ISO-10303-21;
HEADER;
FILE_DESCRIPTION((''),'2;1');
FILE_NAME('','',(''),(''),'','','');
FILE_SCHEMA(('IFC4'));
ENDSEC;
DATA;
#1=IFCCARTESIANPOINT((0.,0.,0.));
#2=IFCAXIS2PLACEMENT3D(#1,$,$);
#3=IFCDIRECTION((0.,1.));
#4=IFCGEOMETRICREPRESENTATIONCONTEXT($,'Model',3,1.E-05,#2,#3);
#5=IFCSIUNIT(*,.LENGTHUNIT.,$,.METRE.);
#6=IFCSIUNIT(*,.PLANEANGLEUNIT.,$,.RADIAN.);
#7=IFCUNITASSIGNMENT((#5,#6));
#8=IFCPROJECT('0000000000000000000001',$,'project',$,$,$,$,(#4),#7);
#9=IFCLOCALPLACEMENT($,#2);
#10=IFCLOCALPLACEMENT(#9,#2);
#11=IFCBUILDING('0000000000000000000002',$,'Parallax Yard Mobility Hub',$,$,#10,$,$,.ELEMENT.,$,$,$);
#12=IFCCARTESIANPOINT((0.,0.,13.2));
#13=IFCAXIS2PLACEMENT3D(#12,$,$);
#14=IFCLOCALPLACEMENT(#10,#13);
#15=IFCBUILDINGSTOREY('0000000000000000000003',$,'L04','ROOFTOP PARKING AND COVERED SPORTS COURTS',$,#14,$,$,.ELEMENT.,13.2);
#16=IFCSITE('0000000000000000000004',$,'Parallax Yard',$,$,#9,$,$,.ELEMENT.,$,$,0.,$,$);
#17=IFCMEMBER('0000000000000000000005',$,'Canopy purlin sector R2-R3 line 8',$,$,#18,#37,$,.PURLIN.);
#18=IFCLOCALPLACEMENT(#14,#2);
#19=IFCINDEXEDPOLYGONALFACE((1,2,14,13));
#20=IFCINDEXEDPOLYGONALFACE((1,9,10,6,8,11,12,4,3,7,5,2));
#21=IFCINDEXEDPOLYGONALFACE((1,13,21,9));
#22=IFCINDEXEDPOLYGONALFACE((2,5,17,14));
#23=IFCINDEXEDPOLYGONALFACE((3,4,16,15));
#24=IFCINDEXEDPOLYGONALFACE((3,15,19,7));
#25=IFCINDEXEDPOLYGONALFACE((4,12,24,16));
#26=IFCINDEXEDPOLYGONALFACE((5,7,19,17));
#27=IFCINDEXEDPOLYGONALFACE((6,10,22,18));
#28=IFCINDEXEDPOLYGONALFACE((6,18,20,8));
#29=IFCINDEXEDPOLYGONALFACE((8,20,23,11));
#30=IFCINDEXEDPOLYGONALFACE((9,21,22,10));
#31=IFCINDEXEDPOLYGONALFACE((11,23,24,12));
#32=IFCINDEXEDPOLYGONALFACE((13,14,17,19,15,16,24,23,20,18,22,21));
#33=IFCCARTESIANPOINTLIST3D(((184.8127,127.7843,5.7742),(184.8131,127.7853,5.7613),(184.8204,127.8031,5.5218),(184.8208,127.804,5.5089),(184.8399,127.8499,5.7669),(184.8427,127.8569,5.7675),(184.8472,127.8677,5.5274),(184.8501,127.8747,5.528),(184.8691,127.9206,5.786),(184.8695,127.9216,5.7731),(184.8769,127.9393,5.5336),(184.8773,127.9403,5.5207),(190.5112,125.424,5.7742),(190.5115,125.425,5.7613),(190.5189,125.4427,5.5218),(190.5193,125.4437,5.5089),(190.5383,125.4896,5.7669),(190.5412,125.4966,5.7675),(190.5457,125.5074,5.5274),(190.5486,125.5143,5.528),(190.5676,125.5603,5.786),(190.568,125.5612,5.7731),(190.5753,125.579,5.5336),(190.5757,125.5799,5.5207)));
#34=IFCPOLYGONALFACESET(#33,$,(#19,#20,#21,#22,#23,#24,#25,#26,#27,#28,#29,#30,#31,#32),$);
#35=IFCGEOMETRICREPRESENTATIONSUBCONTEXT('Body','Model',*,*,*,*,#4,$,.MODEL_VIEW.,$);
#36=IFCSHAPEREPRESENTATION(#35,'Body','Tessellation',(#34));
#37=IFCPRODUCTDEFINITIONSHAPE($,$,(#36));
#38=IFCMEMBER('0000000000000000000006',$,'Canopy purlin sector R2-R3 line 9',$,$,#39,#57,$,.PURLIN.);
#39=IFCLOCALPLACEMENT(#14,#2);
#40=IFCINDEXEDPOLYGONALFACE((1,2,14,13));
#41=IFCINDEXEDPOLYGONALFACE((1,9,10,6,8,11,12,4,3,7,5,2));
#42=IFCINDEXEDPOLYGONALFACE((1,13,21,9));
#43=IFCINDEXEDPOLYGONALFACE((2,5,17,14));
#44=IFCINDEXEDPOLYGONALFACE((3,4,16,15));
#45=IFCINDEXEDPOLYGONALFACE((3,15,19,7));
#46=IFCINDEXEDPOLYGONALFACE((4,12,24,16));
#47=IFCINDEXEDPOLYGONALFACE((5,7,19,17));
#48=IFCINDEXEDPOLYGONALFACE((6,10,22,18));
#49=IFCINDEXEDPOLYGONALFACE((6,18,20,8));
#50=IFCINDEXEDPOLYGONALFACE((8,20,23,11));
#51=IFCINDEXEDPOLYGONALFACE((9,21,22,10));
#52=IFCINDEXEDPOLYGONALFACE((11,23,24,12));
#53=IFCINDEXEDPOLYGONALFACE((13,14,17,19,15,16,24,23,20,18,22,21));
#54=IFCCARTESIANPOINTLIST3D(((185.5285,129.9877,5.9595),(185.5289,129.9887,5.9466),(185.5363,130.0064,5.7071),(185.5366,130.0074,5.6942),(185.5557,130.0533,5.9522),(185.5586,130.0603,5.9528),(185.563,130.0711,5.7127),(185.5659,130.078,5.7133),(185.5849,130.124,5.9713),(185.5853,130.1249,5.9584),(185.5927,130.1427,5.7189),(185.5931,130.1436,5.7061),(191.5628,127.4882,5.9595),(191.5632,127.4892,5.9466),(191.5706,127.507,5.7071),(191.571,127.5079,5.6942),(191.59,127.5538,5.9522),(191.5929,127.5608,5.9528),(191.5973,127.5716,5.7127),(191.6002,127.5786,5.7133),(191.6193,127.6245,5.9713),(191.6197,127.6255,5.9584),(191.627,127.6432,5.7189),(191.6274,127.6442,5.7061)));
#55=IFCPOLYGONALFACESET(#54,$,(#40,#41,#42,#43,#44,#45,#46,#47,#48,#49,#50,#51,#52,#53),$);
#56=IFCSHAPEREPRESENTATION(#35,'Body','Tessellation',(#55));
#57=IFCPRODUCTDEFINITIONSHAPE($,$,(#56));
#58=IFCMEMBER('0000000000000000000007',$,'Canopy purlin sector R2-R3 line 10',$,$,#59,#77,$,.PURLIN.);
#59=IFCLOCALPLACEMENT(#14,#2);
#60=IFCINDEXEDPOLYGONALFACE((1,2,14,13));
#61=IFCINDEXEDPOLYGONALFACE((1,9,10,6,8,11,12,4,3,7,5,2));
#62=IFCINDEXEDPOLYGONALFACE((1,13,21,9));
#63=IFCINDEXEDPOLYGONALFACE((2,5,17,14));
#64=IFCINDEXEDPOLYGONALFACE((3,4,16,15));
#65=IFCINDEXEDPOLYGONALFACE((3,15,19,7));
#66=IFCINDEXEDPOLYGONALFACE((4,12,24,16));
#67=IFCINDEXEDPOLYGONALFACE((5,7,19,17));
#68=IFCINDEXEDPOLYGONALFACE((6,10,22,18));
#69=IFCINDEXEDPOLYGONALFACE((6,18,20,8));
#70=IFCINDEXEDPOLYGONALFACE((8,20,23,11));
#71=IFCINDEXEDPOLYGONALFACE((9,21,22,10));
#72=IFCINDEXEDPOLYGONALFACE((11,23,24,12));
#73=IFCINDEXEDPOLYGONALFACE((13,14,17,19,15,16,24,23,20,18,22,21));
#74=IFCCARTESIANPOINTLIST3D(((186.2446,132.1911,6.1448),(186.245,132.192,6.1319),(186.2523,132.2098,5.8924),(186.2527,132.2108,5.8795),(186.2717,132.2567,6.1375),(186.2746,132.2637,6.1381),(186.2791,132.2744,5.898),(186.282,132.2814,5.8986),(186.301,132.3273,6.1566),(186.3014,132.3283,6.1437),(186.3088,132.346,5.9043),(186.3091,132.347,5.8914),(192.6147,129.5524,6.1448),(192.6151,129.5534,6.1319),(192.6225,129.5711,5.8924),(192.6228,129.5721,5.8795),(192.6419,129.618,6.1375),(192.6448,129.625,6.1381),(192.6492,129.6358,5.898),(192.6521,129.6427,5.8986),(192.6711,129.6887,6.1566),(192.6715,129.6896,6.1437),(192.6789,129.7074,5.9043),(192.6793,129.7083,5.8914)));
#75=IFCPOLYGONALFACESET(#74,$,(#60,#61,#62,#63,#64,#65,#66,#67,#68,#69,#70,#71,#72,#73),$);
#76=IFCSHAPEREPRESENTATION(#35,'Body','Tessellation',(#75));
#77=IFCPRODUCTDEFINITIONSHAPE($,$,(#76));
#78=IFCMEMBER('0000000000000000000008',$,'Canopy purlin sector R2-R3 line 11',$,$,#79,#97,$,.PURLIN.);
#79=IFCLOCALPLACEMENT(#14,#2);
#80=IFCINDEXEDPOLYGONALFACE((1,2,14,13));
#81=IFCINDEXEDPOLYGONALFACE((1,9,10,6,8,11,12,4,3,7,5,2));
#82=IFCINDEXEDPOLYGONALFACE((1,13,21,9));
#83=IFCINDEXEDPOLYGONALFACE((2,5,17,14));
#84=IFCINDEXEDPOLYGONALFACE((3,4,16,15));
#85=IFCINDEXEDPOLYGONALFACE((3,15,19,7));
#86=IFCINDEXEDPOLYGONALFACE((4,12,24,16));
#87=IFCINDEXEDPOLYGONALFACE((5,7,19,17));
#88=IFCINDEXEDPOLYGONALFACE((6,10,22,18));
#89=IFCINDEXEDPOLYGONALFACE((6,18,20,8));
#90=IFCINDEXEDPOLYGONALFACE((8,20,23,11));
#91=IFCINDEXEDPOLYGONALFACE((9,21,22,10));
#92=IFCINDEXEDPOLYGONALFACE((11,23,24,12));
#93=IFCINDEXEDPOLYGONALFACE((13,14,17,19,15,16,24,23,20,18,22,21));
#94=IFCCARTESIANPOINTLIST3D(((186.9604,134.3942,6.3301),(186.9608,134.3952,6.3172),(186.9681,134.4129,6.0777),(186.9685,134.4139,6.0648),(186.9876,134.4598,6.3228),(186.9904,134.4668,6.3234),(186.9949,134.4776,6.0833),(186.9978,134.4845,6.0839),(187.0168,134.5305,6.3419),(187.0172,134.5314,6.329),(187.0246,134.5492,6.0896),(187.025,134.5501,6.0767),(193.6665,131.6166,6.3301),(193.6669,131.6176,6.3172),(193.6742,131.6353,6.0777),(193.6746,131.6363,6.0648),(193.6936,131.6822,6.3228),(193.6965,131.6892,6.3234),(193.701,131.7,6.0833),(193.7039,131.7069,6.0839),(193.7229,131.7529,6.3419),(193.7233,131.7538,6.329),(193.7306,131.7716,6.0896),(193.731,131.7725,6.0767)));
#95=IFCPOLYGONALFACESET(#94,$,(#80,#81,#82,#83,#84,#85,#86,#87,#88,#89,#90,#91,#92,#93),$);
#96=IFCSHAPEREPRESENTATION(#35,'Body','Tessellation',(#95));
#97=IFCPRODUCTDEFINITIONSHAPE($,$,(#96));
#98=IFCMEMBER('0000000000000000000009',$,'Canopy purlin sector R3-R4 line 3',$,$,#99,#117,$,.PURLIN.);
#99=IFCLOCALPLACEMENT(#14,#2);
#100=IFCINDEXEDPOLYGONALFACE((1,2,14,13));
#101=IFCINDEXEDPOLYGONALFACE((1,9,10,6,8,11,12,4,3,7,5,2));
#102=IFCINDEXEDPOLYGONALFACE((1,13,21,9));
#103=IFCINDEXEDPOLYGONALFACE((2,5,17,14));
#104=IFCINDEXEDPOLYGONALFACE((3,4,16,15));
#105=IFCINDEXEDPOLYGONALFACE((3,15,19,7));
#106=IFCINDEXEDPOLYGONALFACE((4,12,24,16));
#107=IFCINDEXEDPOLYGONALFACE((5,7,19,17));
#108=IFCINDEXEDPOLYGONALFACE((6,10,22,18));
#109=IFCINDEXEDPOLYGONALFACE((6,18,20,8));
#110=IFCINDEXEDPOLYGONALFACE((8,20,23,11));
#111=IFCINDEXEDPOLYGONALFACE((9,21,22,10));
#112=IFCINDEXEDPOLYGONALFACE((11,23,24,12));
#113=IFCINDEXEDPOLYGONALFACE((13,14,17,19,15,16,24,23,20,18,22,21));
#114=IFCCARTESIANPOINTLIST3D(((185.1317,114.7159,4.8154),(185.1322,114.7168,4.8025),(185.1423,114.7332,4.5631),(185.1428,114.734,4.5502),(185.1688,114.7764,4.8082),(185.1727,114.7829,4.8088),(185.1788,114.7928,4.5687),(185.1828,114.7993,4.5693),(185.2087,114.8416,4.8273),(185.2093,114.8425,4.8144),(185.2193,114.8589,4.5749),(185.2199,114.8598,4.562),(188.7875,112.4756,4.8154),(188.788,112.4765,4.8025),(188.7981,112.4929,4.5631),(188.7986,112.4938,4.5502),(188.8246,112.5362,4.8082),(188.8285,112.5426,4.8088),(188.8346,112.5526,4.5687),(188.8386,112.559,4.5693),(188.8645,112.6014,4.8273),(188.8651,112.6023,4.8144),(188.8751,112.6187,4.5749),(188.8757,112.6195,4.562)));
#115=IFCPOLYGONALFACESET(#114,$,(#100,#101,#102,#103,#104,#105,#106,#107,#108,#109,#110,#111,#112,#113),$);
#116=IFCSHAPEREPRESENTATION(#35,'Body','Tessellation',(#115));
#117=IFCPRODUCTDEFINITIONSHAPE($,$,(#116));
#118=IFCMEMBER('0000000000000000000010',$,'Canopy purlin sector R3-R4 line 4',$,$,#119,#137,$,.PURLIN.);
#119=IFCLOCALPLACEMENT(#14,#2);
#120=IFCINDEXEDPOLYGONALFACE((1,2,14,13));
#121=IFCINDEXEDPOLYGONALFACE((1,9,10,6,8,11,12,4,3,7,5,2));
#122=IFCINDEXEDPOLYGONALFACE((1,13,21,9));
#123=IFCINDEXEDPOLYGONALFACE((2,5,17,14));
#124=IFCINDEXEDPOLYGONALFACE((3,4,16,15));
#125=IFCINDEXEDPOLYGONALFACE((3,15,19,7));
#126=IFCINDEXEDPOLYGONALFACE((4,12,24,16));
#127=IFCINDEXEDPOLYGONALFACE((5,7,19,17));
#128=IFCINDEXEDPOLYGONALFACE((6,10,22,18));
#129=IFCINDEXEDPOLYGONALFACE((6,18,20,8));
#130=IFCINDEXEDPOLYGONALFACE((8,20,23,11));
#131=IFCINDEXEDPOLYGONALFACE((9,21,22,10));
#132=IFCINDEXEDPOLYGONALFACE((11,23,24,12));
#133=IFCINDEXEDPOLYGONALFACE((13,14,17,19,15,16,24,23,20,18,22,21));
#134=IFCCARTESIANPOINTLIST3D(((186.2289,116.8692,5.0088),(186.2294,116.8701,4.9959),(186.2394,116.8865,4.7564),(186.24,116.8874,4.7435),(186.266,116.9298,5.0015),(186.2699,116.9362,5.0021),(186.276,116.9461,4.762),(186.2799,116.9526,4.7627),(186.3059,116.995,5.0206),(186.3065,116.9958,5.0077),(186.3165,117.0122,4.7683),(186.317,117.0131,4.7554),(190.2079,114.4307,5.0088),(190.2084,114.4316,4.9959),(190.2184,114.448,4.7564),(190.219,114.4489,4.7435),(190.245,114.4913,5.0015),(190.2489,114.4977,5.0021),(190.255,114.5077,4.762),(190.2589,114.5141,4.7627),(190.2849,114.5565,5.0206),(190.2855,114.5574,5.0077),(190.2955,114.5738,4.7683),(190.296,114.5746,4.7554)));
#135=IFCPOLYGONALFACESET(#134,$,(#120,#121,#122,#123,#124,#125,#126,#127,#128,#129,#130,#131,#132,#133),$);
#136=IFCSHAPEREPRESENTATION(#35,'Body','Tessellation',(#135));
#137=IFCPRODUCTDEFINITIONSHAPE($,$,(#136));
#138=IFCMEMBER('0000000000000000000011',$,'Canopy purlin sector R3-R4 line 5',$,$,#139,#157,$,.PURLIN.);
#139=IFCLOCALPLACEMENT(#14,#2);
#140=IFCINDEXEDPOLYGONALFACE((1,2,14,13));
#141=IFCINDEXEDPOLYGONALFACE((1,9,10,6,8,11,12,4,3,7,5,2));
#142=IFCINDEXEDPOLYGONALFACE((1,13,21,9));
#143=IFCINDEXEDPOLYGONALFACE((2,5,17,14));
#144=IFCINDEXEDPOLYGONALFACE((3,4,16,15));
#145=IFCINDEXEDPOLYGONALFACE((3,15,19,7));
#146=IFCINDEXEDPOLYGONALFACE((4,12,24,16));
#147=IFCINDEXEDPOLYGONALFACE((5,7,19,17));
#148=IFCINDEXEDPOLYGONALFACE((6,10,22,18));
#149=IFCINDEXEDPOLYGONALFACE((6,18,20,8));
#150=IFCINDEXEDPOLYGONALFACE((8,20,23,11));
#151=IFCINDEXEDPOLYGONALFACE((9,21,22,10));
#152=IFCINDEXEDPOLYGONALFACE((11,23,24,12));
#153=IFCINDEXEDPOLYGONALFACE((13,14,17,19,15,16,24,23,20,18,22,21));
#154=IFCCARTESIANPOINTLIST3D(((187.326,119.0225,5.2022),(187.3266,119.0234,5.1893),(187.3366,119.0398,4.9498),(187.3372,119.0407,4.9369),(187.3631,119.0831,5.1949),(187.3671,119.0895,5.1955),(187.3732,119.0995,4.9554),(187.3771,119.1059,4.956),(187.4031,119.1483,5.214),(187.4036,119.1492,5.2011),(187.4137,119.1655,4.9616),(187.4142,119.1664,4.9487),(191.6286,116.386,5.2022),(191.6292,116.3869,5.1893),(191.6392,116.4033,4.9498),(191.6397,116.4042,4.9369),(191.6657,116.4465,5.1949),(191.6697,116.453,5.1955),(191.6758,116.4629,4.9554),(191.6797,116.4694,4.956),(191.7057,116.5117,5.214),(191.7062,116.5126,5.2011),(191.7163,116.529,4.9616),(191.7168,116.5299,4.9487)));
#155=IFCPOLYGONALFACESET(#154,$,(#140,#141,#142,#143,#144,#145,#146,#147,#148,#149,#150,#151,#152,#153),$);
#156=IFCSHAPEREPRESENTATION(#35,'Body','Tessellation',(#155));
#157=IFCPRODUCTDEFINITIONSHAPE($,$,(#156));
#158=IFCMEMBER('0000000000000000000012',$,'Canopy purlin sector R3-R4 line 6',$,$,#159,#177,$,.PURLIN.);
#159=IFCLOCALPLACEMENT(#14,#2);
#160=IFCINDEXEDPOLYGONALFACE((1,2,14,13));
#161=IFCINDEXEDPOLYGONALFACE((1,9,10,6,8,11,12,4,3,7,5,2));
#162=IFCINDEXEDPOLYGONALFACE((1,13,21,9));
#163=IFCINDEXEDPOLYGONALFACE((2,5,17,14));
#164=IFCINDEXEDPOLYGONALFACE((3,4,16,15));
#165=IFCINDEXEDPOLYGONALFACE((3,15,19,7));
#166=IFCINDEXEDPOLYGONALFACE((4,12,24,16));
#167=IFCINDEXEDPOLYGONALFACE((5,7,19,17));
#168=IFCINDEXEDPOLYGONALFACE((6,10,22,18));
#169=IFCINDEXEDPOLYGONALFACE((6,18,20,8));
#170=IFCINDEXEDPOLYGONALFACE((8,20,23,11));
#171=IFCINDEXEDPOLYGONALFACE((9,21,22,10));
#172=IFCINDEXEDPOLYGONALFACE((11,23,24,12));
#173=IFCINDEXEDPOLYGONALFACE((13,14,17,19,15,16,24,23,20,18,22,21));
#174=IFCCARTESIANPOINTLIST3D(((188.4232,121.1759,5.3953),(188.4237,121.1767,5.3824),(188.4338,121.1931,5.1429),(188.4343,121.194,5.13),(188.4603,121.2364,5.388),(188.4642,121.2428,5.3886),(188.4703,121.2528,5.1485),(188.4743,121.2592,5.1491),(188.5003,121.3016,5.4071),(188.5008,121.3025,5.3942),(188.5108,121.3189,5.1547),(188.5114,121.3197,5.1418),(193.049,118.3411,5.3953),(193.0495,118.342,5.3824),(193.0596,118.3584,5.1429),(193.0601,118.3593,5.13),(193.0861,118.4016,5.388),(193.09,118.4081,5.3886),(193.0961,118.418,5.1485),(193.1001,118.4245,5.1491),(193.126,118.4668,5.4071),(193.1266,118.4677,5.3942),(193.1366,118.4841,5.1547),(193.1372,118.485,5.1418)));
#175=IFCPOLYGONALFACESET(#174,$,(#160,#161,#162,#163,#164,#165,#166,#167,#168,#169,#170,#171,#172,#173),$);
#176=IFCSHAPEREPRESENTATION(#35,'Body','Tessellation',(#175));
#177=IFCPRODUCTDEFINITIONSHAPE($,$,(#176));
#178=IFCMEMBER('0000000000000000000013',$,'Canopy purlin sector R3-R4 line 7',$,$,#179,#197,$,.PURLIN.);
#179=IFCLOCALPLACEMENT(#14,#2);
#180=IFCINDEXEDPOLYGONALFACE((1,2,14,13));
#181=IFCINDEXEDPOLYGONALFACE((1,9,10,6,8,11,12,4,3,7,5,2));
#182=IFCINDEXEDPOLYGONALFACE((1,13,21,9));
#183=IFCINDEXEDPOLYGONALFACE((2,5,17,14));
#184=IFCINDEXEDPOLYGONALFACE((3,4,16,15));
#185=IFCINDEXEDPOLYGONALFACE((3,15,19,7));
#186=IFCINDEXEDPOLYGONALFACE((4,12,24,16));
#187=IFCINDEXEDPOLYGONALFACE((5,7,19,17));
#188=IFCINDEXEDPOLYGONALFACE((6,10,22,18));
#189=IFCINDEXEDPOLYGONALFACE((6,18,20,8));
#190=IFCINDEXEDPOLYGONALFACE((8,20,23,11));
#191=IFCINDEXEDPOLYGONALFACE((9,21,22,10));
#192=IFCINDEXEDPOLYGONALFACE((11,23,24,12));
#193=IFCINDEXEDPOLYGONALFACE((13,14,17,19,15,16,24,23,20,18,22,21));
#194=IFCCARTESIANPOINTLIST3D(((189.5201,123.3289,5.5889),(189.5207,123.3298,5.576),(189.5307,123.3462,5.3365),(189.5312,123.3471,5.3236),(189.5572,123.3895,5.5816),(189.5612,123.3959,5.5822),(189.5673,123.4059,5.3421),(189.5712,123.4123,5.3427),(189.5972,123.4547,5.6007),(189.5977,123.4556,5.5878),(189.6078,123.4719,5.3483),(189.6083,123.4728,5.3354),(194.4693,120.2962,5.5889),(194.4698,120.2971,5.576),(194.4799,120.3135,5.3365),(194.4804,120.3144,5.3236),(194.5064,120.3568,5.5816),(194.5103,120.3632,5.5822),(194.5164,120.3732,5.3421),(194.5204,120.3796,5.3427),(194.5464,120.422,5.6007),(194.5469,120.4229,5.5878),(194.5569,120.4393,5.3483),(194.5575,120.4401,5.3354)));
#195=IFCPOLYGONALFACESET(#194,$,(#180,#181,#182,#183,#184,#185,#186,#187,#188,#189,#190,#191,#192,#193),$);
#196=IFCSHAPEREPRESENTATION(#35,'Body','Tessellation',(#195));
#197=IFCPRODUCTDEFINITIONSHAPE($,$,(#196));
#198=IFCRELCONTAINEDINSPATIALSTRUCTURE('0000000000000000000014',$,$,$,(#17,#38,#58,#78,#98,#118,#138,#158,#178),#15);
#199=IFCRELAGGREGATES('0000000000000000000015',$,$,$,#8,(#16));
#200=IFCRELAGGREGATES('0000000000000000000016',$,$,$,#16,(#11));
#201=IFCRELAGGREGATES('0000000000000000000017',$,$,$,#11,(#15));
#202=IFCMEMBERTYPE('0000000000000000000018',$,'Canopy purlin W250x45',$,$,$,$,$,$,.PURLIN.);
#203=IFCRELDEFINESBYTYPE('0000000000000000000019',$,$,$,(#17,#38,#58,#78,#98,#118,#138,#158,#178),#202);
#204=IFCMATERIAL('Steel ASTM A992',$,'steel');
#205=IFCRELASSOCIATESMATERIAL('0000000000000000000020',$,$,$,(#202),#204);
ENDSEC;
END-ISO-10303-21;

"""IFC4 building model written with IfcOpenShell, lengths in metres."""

from ifc_helpers import new_model, si_unit, direction, frame, origin, origin_2d, place, context, subcontext, project, spatial, i_section, extrude, material, material_profile, profile_set, type_object, element, save


model = new_model("IFC4")

# Units and contexts
model_context = context("Model", 3, precision=1e-05, world=origin(), true_north=direction((0.0, 1.0)))
body_context = subcontext(model_context, "Body", "Model", "MODEL_VIEW")
ifc_project = project(units=[si_unit("LENGTHUNIT", "METRE"), si_unit("PLANEANGLEUNIT", "RADIAN")], contexts=[model_context])

# Site, building, storey
site_placement = place(None, origin())
site = spatial("IfcSite", under=ifc_project, at=site_placement, Name="Parallax Yard", CompositionType="ELEMENT", RefElevation=0.0)
building_placement = place(site_placement, origin())
building = spatial("IfcBuilding", under=site, at=building_placement, Name="Parallax Yard Mobility Hub", CompositionType="ELEMENT")
storey_placement = place(building_placement, frame((0.0, 0.0, 13.2)))
storey = spatial("IfcBuildingStorey", under=building, at=storey_placement, Name="L04", Description="ROOFTOP PARKING AND COVERED SPORTS COURTS", CompositionType="ELEMENT", Elevation=13.2)

# Members
ifc_material_1 = material(Name="Steel ASTM A992", Category="steel")
ifc_material_profile_1 = material_profile(ifc_material_1, i_section(OverallWidth=0.1479, OverallDepth=0.2661, WebThickness=0.0076, FlangeThickness=0.0129, at=origin_2d()), Name="W250x45")
ifc_profile_set_1 = profile_set([ifc_material_profile_1], Name="Steel ASTM A992")
member_type_1 = type_object("IfcMemberType", Name="Canopy purlin W250x45", PredefinedType="PURLIN", material=ifc_profile_set_1)
member_1_placement = place(storey_placement, frame((184.845, 127.8623, 5.6475), z_axis=(0.923882, -0.382678, 0.0), x_axis=(0.381452, 0.920921, 0.07999)))
element("IfcMember", 1, at=member_1_placement, inside=storey, type_object=member_type_1, Name="Canopy purlin sector R2-R3 line 8", PredefinedType="PURLIN", context=body_context, shape_type="SweptSolid", body=[
    extrude(i_section(OverallWidth=0.1479, OverallDepth=0.2661, WebThickness=0.0076, FlangeThickness=0.0129, at=origin_2d()), origin(), (0.0, 0.0, 1.0), 6.168),
])
member_2_placement = place(storey_placement, frame((185.5608, 130.0657, 5.8328), z_axis=(0.923881, -0.38268, 0.0), x_axis=(0.381453, 0.920921, 0.07999)))
element("IfcMember", 2, at=member_2_placement, inside=storey, type_object=member_type_1, Name="Canopy purlin sector R2-R3 line 9", PredefinedType="PURLIN", context=body_context, shape_type="SweptSolid", body=[
    extrude(i_section(OverallWidth=0.1479, OverallDepth=0.2661, WebThickness=0.0076, FlangeThickness=0.0129, at=origin_2d()), origin(), (0.0, 0.0, 1.0), 6.5315),
])
member_3_placement = place(storey_placement, frame((186.2769, 132.269, 6.0181), z_axis=(0.923875, -0.382694, 0.0), x_axis=(0.381467, 0.920915, 0.07999)))
element("IfcMember", 3, at=member_3_placement, inside=storey, type_object=member_type_1, Name="Canopy purlin sector R2-R3 line 10", PredefinedType="PURLIN", context=body_context, shape_type="SweptSolid", body=[
    extrude(i_section(OverallWidth=0.1479, OverallDepth=0.2661, WebThickness=0.0076, FlangeThickness=0.0129, at=origin_2d()), origin(), (0.0, 0.0, 1.0), 6.895),
])
member_4_placement = place(storey_placement, frame((186.9927, 134.4722, 6.2034), z_axis=(0.923887, -0.382666, 0.0), x_axis=(0.381439, 0.920926, 0.07999)))
element("IfcMember", 4, at=member_4_placement, inside=storey, type_object=member_type_1, Name="Canopy purlin sector R2-R3 line 11", PredefinedType="PURLIN", context=body_context, shape_type="SweptSolid", body=[
    extrude(i_section(OverallWidth=0.1479, OverallDepth=0.2661, WebThickness=0.0076, FlangeThickness=0.0129, at=origin_2d()), origin(), (0.0, 0.0, 1.0), 7.2585),
])
member_5_placement = place(storey_placement, frame((185.1758, 114.7878, 4.6887), z_axis=(0.852642, -0.522495, 0.0), x_axis=(0.520821, 0.84991, 0.07999)))
element("IfcMember", 5, at=member_5_placement, inside=storey, type_object=member_type_1, Name="Canopy purlin sector R3-R4 line 3", PredefinedType="PURLIN", context=body_context, shape_type="SweptSolid", body=[
    extrude(i_section(OverallWidth=0.1479, OverallDepth=0.2661, WebThickness=0.0076, FlangeThickness=0.0129, at=origin_2d()), origin(), (0.0, 0.0, 1.0), 4.2876),
])
member_6_placement = place(storey_placement, frame((186.2729, 116.9412, 4.8821), z_axis=(0.852627, -0.52252, 0.0), x_axis=(0.520846, 0.849895, 0.07999)))
element("IfcMember", 6, at=member_6_placement, inside=storey, type_object=member_type_1, Name="Canopy purlin sector R3-R4 line 4", PredefinedType="PURLIN", context=body_context, shape_type="SweptSolid", body=[
    extrude(i_section(OverallWidth=0.1479, OverallDepth=0.2661, WebThickness=0.0076, FlangeThickness=0.0129, at=origin_2d()), origin(), (0.0, 0.0, 1.0), 4.6667),
])
member_7_placement = place(storey_placement, frame((187.3701, 119.0945, 5.0754), z_axis=(0.852649, -0.522485, 0.0), x_axis=(0.520811, 0.849916, 0.07999)))
element("IfcMember", 7, at=member_7_placement, inside=storey, type_object=member_type_1, Name="Canopy purlin sector R3-R4 line 5", PredefinedType="PURLIN", context=body_context, shape_type="SweptSolid", body=[
    extrude(i_section(OverallWidth=0.1479, OverallDepth=0.2661, WebThickness=0.0076, FlangeThickness=0.0129, at=origin_2d()), origin(), (0.0, 0.0, 1.0), 5.0461),
])
member_8_placement = place(storey_placement, frame((188.4673, 121.2478, 5.2686), z_axis=(0.852635, -0.522507, 0.0), x_axis=(0.520833, 0.849903, 0.07999)))
element("IfcMember", 8, at=member_8_placement, inside=storey, type_object=member_type_1, Name="Canopy purlin sector R3-R4 line 6", PredefinedType="PURLIN", context=body_context, shape_type="SweptSolid", body=[
    extrude(i_section(OverallWidth=0.1479, OverallDepth=0.2661, WebThickness=0.0076, FlangeThickness=0.0129, at=origin_2d()), origin(), (0.0, 0.0, 1.0), 5.4253),
])
member_9_placement = place(storey_placement, frame((189.5642, 123.4009, 5.4622), z_axis=(0.852653, -0.522477, 0.0), x_axis=(0.520803, 0.849921, 0.07999)))
element("IfcMember", 9, at=member_9_placement, inside=storey, type_object=member_type_1, Name="Canopy purlin sector R3-R4 line 7", PredefinedType="PURLIN", context=body_context, shape_type="SweptSolid", body=[
    extrude(i_section(OverallWidth=0.1479, OverallDepth=0.2661, WebThickness=0.0076, FlangeThickness=0.0129, at=origin_2d()), origin(), (0.0, 0.0, 1.0), 5.8044),
])

save(model, "model.ifc")
